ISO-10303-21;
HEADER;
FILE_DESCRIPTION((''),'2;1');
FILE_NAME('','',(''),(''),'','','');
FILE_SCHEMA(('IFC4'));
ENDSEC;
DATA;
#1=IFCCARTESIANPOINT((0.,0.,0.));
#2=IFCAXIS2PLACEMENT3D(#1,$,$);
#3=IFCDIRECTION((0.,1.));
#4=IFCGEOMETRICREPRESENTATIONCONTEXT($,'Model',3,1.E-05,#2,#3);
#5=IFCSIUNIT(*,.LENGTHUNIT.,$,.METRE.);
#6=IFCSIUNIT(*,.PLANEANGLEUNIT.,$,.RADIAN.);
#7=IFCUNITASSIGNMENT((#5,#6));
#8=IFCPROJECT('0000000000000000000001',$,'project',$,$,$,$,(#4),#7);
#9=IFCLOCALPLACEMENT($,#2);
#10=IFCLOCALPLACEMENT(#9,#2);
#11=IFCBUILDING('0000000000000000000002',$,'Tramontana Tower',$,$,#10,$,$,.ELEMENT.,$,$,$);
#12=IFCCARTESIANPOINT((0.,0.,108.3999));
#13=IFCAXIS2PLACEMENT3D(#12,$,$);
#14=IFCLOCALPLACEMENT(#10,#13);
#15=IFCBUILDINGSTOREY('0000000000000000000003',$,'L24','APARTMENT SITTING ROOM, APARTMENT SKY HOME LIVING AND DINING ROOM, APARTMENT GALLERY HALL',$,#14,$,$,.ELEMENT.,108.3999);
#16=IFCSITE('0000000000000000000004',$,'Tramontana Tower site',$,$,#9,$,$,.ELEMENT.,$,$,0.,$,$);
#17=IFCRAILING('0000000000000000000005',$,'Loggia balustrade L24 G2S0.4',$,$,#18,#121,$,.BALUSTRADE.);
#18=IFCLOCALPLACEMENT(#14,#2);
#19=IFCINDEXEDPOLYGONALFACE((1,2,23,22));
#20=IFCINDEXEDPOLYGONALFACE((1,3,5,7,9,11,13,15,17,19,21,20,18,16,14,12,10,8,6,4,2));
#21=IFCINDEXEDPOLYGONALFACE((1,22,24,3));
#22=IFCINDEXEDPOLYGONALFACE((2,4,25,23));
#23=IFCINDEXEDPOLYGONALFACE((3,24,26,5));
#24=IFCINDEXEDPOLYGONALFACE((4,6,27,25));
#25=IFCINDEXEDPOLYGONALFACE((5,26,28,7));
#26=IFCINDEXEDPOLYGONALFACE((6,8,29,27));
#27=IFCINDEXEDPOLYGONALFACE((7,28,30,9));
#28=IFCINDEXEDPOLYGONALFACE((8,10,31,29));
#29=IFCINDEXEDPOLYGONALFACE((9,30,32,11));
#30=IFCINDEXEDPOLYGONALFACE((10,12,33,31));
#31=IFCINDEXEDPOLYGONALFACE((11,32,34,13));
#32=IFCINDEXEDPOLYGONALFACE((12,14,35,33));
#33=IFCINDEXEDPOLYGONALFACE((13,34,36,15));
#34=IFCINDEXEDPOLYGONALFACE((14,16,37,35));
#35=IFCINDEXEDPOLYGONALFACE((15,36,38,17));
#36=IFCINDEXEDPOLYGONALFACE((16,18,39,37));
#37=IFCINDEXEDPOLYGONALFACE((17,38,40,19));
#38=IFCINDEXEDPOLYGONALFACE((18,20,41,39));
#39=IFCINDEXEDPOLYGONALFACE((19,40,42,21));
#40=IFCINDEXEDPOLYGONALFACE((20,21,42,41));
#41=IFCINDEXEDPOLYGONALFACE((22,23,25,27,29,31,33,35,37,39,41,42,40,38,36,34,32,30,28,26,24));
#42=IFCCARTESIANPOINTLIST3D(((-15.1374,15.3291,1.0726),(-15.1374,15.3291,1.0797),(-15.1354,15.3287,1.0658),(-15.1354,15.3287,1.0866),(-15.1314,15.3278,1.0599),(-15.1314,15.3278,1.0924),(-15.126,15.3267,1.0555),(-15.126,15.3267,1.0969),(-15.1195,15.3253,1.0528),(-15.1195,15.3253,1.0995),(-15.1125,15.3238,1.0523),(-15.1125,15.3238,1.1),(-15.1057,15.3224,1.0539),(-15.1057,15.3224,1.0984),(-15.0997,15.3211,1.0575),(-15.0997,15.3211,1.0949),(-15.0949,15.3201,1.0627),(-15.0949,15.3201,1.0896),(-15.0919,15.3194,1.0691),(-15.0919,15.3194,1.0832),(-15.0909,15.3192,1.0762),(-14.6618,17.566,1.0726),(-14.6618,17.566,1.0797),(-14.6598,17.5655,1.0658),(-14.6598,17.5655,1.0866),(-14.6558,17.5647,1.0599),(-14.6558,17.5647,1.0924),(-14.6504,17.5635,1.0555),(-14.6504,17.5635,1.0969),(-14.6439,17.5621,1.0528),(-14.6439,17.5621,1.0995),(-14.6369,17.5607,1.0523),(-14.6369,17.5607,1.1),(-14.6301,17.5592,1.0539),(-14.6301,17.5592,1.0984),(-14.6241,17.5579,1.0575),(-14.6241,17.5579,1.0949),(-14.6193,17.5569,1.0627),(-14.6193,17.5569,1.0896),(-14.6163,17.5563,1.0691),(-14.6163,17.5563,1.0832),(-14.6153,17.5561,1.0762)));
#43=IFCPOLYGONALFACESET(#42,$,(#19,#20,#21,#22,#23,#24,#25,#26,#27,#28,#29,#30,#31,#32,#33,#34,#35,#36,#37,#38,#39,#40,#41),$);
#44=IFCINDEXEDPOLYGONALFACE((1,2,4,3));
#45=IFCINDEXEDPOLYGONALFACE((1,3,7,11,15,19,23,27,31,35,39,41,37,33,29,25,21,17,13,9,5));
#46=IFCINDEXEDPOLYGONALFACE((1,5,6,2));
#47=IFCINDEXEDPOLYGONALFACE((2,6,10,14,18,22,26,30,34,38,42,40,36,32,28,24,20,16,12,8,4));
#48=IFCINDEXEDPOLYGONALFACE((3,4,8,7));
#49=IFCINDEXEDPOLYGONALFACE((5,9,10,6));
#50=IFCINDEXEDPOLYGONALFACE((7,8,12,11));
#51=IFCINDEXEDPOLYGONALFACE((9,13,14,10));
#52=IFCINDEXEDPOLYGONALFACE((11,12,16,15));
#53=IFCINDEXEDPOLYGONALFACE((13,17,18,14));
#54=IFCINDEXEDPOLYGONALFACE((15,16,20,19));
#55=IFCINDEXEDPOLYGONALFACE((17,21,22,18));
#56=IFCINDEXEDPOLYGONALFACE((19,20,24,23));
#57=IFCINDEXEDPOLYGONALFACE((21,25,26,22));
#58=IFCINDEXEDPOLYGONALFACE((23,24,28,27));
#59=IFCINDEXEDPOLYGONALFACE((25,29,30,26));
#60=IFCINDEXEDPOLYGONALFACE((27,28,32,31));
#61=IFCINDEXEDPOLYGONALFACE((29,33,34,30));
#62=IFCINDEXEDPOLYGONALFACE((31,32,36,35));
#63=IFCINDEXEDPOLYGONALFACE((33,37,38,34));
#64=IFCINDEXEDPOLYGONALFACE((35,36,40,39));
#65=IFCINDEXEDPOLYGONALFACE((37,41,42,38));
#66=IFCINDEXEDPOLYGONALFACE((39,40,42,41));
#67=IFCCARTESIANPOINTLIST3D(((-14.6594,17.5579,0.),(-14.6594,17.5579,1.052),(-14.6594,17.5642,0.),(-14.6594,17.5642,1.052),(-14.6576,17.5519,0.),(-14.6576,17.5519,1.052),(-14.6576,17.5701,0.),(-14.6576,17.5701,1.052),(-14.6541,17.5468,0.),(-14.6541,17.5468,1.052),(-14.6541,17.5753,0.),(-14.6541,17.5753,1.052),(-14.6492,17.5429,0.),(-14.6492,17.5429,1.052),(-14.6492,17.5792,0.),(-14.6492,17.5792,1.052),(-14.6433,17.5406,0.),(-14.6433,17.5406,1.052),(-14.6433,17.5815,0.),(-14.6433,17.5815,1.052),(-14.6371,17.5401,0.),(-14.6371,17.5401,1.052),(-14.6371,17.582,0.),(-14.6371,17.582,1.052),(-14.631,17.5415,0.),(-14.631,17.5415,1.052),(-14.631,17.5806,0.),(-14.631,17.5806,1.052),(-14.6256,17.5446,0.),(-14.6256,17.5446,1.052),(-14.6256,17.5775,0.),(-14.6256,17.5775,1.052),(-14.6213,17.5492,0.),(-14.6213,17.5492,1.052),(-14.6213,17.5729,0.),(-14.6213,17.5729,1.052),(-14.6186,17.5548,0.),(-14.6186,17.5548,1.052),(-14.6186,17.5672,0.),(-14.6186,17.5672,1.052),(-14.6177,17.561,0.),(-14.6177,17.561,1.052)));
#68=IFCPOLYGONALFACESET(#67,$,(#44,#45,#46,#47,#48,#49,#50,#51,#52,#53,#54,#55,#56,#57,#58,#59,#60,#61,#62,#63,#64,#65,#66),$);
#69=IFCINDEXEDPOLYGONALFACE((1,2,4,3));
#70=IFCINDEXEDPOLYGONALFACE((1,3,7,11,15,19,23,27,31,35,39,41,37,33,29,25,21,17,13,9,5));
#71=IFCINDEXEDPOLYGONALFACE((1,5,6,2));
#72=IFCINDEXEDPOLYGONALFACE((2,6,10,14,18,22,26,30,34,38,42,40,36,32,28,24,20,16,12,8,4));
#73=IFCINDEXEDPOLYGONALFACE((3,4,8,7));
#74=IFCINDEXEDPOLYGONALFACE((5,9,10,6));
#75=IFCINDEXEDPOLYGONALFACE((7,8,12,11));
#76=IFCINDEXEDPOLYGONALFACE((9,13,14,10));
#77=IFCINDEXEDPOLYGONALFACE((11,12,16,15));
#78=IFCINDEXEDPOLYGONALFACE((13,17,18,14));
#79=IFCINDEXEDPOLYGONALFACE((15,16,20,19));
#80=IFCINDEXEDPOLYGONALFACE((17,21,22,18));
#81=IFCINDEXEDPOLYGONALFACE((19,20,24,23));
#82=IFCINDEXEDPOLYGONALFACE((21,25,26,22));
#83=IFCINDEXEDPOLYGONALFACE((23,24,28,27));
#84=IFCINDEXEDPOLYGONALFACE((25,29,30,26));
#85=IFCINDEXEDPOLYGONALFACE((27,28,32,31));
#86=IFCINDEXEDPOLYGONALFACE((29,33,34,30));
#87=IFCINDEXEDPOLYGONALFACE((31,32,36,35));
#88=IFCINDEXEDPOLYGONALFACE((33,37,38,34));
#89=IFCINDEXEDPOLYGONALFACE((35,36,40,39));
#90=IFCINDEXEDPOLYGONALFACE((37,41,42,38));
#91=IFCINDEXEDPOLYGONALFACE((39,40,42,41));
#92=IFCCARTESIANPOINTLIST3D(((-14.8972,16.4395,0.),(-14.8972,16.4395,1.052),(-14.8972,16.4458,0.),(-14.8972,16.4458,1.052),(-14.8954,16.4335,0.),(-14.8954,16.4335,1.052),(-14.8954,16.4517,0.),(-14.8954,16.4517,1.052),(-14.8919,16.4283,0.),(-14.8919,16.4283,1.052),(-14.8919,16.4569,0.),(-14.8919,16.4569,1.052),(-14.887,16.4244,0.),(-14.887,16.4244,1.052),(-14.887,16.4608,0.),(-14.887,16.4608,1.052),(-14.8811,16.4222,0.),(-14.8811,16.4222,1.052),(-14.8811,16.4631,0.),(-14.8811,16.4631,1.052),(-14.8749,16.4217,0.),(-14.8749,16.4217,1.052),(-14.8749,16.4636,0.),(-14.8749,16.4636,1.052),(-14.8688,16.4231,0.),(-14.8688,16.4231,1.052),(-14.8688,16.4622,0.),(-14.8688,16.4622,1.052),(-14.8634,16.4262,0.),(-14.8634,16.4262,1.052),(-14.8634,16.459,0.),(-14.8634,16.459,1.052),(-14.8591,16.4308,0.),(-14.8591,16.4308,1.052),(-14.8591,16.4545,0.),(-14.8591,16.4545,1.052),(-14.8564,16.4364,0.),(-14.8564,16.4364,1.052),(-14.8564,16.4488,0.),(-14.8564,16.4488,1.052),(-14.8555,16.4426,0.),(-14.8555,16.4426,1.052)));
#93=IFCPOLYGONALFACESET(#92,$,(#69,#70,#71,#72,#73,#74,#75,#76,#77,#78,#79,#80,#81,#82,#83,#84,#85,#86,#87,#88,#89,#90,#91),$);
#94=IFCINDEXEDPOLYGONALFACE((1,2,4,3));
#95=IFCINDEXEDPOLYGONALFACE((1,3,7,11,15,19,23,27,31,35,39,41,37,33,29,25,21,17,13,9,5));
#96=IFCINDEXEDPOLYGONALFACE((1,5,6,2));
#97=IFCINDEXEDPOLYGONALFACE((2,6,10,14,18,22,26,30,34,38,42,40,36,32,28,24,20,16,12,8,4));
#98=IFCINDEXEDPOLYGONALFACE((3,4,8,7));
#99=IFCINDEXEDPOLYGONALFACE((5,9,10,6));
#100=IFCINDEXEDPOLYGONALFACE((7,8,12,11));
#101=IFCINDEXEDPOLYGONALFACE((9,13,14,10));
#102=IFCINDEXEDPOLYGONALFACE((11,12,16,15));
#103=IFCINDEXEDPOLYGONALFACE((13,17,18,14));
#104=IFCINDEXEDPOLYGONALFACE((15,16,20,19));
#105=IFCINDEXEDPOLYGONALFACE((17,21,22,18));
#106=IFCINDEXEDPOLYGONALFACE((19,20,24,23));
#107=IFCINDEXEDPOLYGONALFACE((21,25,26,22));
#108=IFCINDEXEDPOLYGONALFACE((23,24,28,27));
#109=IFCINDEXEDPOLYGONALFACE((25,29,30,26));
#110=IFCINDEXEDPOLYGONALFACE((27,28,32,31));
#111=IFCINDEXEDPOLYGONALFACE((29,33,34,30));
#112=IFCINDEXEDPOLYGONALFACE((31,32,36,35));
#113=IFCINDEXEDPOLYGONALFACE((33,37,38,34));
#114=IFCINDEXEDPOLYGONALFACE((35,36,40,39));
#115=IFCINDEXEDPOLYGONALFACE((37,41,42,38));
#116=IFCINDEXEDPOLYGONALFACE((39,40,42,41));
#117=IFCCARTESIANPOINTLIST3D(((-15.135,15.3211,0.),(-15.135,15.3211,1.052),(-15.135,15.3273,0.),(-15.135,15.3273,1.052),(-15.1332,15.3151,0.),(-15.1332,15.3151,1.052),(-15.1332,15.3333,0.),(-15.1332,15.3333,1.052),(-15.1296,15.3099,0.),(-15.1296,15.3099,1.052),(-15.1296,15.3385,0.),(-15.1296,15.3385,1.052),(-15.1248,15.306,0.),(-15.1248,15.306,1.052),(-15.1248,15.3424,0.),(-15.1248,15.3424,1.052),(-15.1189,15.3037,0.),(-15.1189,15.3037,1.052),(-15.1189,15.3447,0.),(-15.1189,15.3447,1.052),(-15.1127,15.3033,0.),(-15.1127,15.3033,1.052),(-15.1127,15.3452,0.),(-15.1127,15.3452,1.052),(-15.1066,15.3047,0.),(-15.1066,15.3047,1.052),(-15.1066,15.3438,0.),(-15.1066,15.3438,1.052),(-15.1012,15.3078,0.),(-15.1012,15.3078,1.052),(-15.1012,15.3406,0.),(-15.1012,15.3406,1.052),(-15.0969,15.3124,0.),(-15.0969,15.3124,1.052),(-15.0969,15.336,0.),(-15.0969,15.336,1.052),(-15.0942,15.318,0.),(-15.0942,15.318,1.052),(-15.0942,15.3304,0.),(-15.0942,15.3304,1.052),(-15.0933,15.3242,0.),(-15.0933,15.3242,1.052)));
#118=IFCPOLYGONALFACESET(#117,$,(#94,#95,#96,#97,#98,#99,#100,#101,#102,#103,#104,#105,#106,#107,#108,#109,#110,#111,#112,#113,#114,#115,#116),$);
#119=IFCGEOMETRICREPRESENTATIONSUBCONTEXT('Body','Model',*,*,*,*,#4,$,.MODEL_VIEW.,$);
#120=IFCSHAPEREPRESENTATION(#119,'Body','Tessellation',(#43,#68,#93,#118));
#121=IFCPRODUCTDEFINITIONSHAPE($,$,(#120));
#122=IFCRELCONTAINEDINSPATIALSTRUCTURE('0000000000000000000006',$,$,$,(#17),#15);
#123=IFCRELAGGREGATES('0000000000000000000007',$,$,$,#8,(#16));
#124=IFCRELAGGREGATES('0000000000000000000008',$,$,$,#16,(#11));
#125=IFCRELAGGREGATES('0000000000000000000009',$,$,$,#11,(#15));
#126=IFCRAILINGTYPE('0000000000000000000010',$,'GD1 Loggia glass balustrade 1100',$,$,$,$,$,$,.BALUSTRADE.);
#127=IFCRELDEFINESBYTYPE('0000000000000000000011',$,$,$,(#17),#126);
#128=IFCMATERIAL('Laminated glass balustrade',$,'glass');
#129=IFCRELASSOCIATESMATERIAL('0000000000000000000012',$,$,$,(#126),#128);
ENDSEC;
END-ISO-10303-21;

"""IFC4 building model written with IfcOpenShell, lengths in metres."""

from ifc_helpers import new_model, si_unit, direction, frame, origin, origin_2d, place, context, subcontext, project, spatial, circle, extrude, material, type_object, element, save


model = new_model("IFC4")

# Units and contexts
model_context = context("Model", 3, precision=1e-05, world=origin(), true_north=direction((0.0, 1.0)))
body_context = subcontext(model_context, "Body", "Model", "MODEL_VIEW")
ifc_project = project(units=[si_unit("LENGTHUNIT", "METRE"), si_unit("PLANEANGLEUNIT", "RADIAN")], contexts=[model_context])

# Site, building, storey
site_placement = place(None, origin())
site = spatial("IfcSite", under=ifc_project, at=site_placement, Name="Tramontana Tower site", CompositionType="ELEMENT", RefElevation=0.0)
building_placement = place(site_placement, origin())
building = spatial("IfcBuilding", under=site, at=building_placement, Name="Tramontana Tower", CompositionType="ELEMENT")
storey_placement = place(building_placement, frame((0.0, 0.0, 108.3999)))
storey = spatial("IfcBuildingStorey", under=building, at=storey_placement, Name="L24", Description="APARTMENT SITTING ROOM, APARTMENT SKY HOME LIVING AND DINING ROOM, APARTMENT GALLERY HALL", CompositionType="ELEMENT", Elevation=108.3999)

# Railing
ifc_material_1 = material(Name="Laminated glass balustrade", Category="glass")
railing_type = type_object("IfcRailingType", Name="GD1 Loggia glass balustrade 1100", PredefinedType="BALUSTRADE", material=ifc_material_1)
railing_placement = place(storey_placement, frame((-14.6387, 17.561, 0.0)))
element("IfcRailing", 1, at=railing_placement, inside=storey, type_object=railing_type, Name="Loggia balustrade L24 G2S0.4", PredefinedType="BALUSTRADE", context=body_context, shape_type="SweptSolid", body=[
    extrude(circle(Radius=0.0239, at=origin_2d()), frame((0.0, 0.0, 1.0762), z_axis=(-0.207969, -0.978136, 0.0), x_axis=(0.978136, -0.207969, 0.0)), (0.0, 0.0, 1.0), 2.2869),
    extrude(circle(Radius=0.021, at=origin_2d()), origin(), (0.0, 0.0, 1.0), 1.052),
    extrude(circle(Radius=0.021, at=origin_2d()), frame((-0.2378, -1.1184, 0.0)), (0.0, 0.0, 1.0), 1.052),
    extrude(circle(Radius=0.021, at=origin_2d()), frame((-0.4756, -2.2368, 0.0)), (0.0, 0.0, 1.0), 1.052),
])

save(model, "model.ifc")
